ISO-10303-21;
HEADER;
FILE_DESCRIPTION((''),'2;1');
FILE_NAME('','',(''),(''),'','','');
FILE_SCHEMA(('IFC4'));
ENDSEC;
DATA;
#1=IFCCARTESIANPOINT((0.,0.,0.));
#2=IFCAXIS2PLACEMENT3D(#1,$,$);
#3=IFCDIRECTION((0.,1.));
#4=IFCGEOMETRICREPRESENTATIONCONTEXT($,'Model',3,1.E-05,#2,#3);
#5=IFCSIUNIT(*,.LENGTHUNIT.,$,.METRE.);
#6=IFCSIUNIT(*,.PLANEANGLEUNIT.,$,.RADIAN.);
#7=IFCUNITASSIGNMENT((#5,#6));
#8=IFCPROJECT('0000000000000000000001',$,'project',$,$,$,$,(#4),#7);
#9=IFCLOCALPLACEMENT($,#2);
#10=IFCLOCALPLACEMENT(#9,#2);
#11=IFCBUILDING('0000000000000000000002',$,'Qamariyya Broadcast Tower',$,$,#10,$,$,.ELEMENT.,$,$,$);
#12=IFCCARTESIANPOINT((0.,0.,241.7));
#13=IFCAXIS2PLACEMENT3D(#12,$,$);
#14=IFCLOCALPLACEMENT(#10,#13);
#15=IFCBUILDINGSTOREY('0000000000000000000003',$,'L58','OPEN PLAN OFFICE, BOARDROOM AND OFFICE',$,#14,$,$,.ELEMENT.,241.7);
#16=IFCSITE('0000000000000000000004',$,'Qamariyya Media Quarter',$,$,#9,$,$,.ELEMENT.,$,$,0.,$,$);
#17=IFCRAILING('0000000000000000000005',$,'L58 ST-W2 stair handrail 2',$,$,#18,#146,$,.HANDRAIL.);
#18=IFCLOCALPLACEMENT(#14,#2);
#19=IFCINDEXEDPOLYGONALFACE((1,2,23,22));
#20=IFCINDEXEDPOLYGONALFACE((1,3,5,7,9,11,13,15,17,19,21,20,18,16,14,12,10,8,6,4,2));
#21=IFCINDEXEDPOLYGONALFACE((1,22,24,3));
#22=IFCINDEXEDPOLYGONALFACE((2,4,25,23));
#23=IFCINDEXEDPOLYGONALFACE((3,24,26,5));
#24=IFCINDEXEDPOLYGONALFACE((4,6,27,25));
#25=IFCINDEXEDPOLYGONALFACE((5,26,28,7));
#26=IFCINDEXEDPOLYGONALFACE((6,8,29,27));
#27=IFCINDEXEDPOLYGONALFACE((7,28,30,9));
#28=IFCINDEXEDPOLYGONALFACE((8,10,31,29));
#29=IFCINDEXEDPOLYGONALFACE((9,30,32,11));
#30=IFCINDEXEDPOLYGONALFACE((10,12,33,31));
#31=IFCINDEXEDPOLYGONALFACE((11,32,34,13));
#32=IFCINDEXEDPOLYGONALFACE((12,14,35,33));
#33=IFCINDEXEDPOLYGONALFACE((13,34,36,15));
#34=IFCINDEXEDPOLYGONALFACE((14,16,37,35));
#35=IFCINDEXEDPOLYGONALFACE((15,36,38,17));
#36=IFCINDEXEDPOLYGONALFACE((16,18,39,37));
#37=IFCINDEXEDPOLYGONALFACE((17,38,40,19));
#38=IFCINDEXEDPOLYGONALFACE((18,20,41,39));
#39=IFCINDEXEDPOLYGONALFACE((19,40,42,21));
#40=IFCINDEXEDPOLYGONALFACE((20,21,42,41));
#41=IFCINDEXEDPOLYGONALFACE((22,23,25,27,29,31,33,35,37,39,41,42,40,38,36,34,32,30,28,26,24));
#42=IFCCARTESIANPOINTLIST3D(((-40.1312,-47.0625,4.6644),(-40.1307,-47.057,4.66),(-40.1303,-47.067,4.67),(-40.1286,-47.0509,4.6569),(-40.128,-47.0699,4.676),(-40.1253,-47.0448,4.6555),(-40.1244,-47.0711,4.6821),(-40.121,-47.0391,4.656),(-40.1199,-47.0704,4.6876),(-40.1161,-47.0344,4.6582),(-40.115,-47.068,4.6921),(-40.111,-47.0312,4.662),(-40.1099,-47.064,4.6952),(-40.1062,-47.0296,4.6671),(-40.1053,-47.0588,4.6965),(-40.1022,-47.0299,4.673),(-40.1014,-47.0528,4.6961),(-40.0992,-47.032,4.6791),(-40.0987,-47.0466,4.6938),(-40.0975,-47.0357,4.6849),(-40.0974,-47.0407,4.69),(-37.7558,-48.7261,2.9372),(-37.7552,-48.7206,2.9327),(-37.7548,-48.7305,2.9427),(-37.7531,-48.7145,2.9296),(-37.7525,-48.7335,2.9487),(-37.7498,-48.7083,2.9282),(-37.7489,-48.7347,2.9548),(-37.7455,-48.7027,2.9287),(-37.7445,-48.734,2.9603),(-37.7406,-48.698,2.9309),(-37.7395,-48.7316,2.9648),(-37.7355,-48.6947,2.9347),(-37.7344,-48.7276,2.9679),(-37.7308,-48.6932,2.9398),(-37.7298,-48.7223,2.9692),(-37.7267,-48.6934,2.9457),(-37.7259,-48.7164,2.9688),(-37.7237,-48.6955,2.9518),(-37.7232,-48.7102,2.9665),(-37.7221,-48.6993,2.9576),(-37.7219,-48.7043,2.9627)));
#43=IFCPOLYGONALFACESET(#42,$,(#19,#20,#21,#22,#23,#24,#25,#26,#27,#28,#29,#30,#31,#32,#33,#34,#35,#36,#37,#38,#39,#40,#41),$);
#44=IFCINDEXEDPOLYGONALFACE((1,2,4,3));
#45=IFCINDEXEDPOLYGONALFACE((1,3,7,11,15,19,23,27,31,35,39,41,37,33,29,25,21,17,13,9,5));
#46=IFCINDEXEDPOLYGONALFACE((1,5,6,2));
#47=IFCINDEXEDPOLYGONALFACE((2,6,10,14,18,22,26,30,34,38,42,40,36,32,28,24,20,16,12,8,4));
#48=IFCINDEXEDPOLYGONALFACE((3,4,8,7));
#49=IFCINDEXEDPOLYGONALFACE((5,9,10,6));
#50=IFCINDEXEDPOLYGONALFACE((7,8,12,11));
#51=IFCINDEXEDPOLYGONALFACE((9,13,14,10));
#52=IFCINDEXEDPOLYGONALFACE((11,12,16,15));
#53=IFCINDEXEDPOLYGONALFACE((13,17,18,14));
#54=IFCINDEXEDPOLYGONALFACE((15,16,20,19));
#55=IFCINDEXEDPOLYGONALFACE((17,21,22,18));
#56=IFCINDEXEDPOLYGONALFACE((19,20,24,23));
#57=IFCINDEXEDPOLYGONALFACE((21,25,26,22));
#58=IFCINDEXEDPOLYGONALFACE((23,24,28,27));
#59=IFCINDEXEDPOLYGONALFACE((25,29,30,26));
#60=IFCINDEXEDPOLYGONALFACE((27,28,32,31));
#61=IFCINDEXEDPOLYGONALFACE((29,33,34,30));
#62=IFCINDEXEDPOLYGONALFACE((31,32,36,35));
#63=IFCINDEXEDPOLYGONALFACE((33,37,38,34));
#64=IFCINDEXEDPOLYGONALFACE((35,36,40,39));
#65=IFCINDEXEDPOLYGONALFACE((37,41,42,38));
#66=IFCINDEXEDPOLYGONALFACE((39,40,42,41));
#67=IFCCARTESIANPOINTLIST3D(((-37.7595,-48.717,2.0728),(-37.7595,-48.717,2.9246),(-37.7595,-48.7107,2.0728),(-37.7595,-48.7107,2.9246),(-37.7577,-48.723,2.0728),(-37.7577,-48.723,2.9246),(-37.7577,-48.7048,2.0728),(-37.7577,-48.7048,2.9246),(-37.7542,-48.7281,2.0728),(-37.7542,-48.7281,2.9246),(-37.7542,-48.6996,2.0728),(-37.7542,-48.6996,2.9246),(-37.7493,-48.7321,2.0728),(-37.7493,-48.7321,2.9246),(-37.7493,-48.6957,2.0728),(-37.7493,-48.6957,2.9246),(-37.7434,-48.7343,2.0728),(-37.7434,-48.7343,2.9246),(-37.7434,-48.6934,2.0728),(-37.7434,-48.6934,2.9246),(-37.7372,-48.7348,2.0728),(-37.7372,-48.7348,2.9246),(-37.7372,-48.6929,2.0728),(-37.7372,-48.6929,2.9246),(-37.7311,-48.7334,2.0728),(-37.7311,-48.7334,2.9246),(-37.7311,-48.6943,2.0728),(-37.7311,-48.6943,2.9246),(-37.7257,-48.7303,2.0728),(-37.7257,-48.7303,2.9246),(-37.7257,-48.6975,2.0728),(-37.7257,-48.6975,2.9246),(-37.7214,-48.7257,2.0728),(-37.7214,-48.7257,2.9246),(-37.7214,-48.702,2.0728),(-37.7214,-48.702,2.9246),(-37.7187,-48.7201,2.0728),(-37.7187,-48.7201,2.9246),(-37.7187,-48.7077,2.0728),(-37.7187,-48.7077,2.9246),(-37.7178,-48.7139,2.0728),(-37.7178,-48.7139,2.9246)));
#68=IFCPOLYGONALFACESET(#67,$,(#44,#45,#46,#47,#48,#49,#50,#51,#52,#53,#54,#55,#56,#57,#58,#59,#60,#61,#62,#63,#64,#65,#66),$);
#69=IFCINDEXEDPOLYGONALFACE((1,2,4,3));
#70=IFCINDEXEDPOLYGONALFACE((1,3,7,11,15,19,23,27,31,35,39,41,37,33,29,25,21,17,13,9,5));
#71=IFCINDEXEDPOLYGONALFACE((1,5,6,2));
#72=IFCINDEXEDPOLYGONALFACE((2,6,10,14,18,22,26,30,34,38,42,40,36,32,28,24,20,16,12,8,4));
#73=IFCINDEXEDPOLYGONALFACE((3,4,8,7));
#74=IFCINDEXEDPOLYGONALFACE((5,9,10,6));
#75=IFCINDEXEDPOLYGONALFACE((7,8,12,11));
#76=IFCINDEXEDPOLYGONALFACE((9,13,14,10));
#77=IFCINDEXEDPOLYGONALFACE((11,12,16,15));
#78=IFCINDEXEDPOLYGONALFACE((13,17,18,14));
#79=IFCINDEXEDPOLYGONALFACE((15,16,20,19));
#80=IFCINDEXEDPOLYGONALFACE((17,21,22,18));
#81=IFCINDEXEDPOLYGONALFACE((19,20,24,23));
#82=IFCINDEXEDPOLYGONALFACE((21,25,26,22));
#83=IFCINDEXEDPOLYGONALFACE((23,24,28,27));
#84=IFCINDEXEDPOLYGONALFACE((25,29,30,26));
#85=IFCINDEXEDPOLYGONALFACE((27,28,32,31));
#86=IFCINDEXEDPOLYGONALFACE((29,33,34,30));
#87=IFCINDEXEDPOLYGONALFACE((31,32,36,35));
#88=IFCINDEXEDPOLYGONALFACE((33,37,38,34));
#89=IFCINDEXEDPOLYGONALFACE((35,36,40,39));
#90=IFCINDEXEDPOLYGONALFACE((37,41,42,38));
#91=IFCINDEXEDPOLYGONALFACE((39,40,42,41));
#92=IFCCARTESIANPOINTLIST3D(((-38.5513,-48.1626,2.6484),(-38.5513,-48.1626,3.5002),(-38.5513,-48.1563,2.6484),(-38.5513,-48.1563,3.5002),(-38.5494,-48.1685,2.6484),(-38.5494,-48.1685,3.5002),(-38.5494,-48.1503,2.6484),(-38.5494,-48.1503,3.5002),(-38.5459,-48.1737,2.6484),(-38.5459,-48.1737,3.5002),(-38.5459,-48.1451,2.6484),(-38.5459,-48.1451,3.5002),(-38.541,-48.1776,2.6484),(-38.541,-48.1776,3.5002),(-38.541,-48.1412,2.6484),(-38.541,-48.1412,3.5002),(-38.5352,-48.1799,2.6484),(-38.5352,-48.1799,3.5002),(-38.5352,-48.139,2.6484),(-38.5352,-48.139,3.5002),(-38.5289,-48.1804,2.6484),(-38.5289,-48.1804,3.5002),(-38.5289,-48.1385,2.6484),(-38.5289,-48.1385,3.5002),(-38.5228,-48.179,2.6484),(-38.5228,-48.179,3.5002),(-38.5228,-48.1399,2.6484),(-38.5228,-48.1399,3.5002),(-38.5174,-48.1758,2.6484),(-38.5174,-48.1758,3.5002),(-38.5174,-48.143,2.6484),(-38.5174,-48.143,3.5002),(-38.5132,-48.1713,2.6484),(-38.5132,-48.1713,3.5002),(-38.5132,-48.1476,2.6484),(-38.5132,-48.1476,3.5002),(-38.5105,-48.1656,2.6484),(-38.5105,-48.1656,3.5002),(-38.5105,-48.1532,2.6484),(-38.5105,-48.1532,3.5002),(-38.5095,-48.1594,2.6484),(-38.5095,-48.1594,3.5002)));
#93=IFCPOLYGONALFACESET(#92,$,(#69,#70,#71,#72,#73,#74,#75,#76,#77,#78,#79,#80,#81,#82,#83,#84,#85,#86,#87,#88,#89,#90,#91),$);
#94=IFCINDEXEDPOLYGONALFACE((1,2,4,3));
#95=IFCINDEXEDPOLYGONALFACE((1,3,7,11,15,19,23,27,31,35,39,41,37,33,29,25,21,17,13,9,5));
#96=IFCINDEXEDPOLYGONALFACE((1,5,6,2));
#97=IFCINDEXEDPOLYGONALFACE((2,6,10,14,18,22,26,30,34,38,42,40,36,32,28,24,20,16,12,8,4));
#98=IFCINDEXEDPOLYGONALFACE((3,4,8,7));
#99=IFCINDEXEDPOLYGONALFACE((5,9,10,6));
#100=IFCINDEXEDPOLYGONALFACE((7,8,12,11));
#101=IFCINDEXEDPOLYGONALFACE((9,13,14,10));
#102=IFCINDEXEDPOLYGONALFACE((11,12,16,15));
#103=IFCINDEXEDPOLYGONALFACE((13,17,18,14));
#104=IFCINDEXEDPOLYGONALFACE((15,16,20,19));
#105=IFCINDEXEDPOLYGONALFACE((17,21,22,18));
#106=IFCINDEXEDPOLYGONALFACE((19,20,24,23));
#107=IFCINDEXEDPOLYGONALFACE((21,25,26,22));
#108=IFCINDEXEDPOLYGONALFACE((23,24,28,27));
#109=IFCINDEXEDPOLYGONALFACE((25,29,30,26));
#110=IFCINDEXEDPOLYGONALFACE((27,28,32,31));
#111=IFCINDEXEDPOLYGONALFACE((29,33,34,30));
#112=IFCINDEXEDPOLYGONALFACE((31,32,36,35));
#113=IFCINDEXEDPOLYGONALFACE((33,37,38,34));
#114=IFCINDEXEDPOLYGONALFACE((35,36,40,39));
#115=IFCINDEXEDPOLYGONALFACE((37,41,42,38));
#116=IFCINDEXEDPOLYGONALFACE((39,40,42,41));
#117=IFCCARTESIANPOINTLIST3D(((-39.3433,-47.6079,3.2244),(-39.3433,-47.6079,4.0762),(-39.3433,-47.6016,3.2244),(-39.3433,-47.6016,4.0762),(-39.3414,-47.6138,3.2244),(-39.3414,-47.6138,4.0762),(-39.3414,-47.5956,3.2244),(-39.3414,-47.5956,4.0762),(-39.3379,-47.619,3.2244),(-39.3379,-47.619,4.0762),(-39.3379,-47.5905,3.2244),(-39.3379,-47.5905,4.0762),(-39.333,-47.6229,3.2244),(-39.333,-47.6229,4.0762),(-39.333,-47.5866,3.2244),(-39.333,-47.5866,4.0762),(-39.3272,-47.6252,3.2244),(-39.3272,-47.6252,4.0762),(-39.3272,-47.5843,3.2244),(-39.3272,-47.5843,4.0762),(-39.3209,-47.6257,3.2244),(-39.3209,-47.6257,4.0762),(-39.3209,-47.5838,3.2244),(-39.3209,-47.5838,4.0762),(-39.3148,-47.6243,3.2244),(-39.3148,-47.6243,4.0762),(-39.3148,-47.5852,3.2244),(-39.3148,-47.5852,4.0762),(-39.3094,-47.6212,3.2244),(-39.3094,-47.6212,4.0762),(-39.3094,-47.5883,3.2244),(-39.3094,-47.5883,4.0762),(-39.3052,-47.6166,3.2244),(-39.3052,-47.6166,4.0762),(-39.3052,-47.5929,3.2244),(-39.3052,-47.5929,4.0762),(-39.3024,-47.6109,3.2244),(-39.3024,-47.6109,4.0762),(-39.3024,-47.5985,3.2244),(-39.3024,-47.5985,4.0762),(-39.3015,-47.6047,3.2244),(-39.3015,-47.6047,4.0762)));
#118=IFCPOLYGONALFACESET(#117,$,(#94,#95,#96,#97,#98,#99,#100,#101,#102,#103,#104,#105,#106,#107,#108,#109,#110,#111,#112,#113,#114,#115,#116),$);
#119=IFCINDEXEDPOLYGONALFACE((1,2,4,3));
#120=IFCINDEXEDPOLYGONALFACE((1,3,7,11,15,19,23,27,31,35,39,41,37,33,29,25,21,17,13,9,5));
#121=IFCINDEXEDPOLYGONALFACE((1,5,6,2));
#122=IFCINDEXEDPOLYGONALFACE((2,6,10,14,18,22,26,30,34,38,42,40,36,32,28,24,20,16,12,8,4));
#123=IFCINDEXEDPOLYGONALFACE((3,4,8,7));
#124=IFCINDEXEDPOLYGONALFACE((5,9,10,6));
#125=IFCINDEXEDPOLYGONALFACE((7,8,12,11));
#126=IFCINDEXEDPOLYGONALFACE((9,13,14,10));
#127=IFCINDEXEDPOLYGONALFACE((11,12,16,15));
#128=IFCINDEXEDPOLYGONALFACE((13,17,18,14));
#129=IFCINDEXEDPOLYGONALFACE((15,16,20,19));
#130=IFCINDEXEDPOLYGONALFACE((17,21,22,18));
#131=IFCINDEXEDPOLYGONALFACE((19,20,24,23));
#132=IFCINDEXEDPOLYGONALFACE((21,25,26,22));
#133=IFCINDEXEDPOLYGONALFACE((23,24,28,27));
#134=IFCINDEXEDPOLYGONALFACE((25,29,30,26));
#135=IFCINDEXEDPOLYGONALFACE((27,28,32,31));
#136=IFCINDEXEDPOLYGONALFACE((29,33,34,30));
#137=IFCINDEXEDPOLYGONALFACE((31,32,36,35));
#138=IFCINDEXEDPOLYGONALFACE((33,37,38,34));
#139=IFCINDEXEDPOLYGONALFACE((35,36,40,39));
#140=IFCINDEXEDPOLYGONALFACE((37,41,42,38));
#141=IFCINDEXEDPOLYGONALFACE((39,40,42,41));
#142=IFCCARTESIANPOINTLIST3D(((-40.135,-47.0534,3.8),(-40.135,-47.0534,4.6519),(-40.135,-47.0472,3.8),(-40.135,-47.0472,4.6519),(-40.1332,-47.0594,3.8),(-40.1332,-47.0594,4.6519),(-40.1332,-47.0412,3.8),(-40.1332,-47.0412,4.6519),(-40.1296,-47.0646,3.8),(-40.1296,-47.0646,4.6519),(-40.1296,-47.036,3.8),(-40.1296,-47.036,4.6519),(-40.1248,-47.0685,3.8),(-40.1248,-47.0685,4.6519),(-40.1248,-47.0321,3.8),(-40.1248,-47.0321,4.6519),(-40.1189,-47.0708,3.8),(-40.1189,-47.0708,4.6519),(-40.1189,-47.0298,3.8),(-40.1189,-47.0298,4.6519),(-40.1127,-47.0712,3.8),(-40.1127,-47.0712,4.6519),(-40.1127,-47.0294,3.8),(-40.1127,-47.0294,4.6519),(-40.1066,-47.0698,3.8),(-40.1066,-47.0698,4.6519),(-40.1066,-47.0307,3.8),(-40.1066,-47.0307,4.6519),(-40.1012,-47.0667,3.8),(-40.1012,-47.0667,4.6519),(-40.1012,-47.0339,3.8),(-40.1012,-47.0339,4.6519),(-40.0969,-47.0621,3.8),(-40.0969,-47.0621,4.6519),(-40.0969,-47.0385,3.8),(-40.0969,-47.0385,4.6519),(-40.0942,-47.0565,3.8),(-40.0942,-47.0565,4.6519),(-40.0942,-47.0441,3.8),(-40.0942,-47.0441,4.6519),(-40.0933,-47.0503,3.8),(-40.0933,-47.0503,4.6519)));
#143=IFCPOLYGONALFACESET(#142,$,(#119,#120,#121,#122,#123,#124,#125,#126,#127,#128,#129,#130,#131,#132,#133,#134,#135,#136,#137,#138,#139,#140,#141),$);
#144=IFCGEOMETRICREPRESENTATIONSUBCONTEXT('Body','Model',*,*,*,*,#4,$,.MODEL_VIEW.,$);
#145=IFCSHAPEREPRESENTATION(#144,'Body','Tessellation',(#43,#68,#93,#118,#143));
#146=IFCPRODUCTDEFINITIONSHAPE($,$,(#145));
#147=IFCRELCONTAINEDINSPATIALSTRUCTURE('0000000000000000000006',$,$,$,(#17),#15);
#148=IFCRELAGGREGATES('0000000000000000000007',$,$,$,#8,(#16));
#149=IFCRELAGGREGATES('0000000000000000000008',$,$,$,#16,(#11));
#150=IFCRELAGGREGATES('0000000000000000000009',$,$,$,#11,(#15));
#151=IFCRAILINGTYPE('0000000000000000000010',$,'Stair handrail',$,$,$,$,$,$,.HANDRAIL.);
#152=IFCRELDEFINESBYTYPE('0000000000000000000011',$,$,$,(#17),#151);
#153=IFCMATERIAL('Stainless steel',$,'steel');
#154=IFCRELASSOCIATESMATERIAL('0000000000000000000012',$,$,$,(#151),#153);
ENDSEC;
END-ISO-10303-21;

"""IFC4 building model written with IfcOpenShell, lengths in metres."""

from ifc_helpers import new_model, si_unit, direction, frame, origin, origin_2d, place, context, subcontext, project, spatial, circle, extrude, material, type_object, element, save


model = new_model("IFC4")

# Units and contexts
model_context = context("Model", 3, precision=1e-05, world=origin(), true_north=direction((0.0, 1.0)))
body_context = subcontext(model_context, "Body", "Model", "MODEL_VIEW")
ifc_project = project(units=[si_unit("LENGTHUNIT", "METRE"), si_unit("PLANEANGLEUNIT", "RADIAN")], contexts=[model_context])

# Site, building, storey
site_placement = place(None, origin())
site = spatial("IfcSite", under=ifc_project, at=site_placement, Name="Qamariyya Media Quarter", CompositionType="ELEMENT", RefElevation=0.0)
building_placement = place(site_placement, origin())
building = spatial("IfcBuilding", under=site, at=building_placement, Name="Qamariyya Broadcast Tower", CompositionType="ELEMENT")
storey_placement = place(building_placement, frame((0.0, 0.0, 241.7)))
storey = spatial("IfcBuildingStorey", under=building, at=storey_placement, Name="L58", Description="OPEN PLAN OFFICE, BOARDROOM AND OFFICE", CompositionType="ELEMENT", Elevation=241.7)

# Railing
ifc_material_1 = material(Name="Stainless steel", Category="steel")
railing_type_1 = type_object("IfcRailingType", Name="Stair handrail", PredefinedType="HANDRAIL", material=ifc_material_1)
railing_1_placement = place(storey_placement, frame((-37.7388, -48.7139, 2.0728)))
element("IfcRailing", 1, at=railing_1_placement, inside=storey, type_object=railing_type_1, Name="L58 ST-W2 stair handrail 2", PredefinedType="HANDRAIL", context=body_context, shape_type="SweptSolid", body=[
    extrude(circle(Radius=0.0239, at=origin_2d()), frame((0.0, 0.0, 0.876), z_axis=(-0.703745, 0.492838, 0.511716), x_axis=(-0.573632, -0.819113, 0.0)), (0.0, 0.0, 1.0), 3.3755),
    extrude(circle(Radius=0.021, at=origin_2d()), origin(), (0.0, 0.0, 1.0), 0.8518),
    extrude(circle(Radius=0.021, at=origin_2d()), frame((-0.7917, 0.5544, 0.5757)), (0.0, 0.0, 1.0), 0.8518),
    extrude(circle(Radius=0.021, at=origin_2d()), frame((-1.5837, 1.1091, 1.1516)), (0.0, 0.0, 1.0), 0.8518),
    extrude(circle(Radius=0.021, at=origin_2d()), frame((-2.3755, 1.6636, 1.7273)), (0.0, 0.0, 1.0), 0.8518),
])

save(model, "model.ifc")
